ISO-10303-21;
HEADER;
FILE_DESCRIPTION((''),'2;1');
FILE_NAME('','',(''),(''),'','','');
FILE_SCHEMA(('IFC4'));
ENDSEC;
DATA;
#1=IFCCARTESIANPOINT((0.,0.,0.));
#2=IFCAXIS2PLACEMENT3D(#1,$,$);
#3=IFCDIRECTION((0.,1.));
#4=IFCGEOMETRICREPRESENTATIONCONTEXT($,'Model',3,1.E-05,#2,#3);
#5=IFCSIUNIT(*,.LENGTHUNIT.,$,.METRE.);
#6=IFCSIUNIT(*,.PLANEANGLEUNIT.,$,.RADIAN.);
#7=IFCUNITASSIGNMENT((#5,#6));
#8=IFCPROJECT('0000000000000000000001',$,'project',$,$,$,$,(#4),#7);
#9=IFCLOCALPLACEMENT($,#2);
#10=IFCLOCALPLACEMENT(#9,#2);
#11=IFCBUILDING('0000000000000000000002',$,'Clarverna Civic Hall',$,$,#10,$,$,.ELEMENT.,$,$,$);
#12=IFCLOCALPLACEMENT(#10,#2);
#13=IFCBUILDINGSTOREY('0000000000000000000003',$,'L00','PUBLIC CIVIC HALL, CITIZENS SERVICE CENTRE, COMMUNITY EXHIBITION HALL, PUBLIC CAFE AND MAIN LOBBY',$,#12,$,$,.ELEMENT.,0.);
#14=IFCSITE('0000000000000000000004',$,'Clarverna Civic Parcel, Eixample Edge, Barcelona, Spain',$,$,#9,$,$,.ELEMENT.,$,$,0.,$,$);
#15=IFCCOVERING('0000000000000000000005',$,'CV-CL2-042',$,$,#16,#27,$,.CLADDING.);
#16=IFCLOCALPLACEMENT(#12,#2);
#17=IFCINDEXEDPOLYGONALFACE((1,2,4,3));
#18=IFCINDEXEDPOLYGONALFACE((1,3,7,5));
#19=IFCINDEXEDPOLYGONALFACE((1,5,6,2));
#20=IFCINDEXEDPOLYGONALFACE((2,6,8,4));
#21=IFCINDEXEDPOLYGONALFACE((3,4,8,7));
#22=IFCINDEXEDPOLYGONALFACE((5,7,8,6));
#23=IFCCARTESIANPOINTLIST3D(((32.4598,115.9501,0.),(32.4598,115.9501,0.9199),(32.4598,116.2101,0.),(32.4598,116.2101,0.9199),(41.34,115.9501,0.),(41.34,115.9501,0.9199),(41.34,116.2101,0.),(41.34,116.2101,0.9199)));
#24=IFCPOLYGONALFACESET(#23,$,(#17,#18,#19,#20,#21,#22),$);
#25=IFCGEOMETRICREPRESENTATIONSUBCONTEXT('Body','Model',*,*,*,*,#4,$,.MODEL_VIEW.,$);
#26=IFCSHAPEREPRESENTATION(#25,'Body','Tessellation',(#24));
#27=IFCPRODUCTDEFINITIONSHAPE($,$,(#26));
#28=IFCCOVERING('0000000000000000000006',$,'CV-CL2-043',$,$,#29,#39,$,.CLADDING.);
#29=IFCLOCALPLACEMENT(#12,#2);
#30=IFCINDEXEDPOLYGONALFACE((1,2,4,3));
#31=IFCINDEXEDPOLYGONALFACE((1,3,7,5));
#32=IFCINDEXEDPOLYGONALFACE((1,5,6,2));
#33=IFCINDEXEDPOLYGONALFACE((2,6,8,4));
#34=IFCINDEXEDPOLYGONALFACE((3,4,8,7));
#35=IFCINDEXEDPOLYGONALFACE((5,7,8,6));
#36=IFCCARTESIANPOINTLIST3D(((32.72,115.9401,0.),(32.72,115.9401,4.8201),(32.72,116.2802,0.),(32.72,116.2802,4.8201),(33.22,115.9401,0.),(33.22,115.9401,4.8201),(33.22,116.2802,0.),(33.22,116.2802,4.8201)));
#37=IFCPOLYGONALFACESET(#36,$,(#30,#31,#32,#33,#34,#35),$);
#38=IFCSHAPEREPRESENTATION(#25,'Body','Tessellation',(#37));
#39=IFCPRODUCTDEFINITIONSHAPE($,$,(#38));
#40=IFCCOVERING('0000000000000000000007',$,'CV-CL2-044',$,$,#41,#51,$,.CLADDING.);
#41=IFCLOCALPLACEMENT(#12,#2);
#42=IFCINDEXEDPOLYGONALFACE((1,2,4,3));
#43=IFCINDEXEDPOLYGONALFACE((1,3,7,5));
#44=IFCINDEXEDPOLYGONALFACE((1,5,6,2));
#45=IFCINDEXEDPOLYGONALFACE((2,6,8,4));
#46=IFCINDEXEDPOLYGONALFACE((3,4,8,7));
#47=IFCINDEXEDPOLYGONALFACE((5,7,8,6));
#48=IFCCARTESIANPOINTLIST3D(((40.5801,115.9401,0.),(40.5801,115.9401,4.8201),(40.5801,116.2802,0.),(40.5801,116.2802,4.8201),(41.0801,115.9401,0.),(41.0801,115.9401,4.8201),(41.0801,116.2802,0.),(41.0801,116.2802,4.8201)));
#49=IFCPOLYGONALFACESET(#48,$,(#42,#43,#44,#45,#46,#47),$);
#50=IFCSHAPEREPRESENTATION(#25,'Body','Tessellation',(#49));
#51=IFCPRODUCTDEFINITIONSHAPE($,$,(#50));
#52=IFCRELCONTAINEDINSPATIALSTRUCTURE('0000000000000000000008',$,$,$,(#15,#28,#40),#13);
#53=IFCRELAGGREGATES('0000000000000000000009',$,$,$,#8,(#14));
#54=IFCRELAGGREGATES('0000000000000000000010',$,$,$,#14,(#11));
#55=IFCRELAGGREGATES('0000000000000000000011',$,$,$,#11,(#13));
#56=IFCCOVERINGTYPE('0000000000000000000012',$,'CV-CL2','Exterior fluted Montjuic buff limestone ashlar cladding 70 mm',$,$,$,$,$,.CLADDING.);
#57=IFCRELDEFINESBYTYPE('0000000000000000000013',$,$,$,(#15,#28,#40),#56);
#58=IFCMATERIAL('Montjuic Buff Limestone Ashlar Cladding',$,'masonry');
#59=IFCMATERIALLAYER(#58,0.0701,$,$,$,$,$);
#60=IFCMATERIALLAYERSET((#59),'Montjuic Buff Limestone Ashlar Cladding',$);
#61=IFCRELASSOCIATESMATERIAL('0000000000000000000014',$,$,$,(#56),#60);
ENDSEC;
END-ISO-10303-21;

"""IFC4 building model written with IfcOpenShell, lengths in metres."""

from ifc_helpers import new_model, si_unit, direction, frame, frame_2d, origin, place, context, subcontext, project, spatial, rectangle, extrude, material, layer, layer_set, type_object, element, save


model = new_model("IFC4")

# Units and contexts
model_context = context("Model", 3, precision=1e-05, world=origin(), true_north=direction((0.0, 1.0)))
body_context = subcontext(model_context, "Body", "Model", "MODEL_VIEW")
ifc_project = project(units=[si_unit("LENGTHUNIT", "METRE"), si_unit("PLANEANGLEUNIT", "RADIAN")], contexts=[model_context])

# Site, building, storey
site_placement = place(None, origin())
site = spatial("IfcSite", under=ifc_project, at=site_placement, Name="Clarverna Civic Parcel, Eixample Edge, Barcelona, Spain", CompositionType="ELEMENT", RefElevation=0.0)
building_placement = place(site_placement, origin())
building = spatial("IfcBuilding", under=site, at=building_placement, Name="Clarverna Civic Hall", CompositionType="ELEMENT")
storey_placement = place(building_placement, origin())
storey = spatial("IfcBuildingStorey", under=building, at=storey_placement, Name="L00", Description="PUBLIC CIVIC HALL, CITIZENS SERVICE CENTRE, COMMUNITY EXHIBITION HALL, PUBLIC CAFE AND MAIN LOBBY", CompositionType="ELEMENT", Elevation=0.0)

# Coverings
ifc_material_1 = material(Name="Montjuic Buff Limestone Ashlar Cladding", Category="masonry")
ifc_layer_1 = layer(ifc_material_1, 0.0701)
ifc_layer_set_1 = layer_set([ifc_layer_1], Name="Montjuic Buff Limestone Ashlar Cladding")
covering_type = type_object("IfcCoveringType", Name="CV-CL2", Description="Exterior fluted Montjuic buff limestone ashlar cladding 70 mm", PredefinedType="CLADDING", material=ifc_layer_set_1)
covering_1_placement = place(storey_placement, frame((32.46, 116.0801, 0.0), z_axis=(0.0, 0.0, 1.0), x_axis=(1.0, 0.0, 0.0)))
element("IfcCovering", 1, at=covering_1_placement, inside=storey, type_object=covering_type, Name="CV-CL2-042", PredefinedType="CLADDING", context=body_context, shape_type="SweptSolid", body=[
    extrude(rectangle(XDim=8.8801, YDim=0.26, at=frame_2d((4.4399, 0.0))), origin(), (0.0, 0.0, 1.0), 0.9199),
])
for number, where, z_axis, x_axis, name in (
    (2, (32.72, 116.1101, 0.0), (0.0, 0.0, 1.0), (1.0, 0.0, 0.0), "CV-CL2-043"),
    (3, (40.5801, 116.1101, 0.0), (0.0, 0.0, 1.0), (1.0, 0.0, 0.0), "CV-CL2-044"),
):
    element("IfcCovering", number, at=place(storey_placement, frame(where, z_axis=z_axis, x_axis=x_axis)), inside=storey, type_object=covering_type, Name=name, PredefinedType="CLADDING", context=body_context, shape_type="SweptSolid", body=[
        extrude(rectangle(XDim=0.5, YDim=0.3401, at=frame_2d((0.25, 0.0))), origin(), (0.0, 0.0, 1.0), 4.8201),
    ])

save(model, "model.ifc")
